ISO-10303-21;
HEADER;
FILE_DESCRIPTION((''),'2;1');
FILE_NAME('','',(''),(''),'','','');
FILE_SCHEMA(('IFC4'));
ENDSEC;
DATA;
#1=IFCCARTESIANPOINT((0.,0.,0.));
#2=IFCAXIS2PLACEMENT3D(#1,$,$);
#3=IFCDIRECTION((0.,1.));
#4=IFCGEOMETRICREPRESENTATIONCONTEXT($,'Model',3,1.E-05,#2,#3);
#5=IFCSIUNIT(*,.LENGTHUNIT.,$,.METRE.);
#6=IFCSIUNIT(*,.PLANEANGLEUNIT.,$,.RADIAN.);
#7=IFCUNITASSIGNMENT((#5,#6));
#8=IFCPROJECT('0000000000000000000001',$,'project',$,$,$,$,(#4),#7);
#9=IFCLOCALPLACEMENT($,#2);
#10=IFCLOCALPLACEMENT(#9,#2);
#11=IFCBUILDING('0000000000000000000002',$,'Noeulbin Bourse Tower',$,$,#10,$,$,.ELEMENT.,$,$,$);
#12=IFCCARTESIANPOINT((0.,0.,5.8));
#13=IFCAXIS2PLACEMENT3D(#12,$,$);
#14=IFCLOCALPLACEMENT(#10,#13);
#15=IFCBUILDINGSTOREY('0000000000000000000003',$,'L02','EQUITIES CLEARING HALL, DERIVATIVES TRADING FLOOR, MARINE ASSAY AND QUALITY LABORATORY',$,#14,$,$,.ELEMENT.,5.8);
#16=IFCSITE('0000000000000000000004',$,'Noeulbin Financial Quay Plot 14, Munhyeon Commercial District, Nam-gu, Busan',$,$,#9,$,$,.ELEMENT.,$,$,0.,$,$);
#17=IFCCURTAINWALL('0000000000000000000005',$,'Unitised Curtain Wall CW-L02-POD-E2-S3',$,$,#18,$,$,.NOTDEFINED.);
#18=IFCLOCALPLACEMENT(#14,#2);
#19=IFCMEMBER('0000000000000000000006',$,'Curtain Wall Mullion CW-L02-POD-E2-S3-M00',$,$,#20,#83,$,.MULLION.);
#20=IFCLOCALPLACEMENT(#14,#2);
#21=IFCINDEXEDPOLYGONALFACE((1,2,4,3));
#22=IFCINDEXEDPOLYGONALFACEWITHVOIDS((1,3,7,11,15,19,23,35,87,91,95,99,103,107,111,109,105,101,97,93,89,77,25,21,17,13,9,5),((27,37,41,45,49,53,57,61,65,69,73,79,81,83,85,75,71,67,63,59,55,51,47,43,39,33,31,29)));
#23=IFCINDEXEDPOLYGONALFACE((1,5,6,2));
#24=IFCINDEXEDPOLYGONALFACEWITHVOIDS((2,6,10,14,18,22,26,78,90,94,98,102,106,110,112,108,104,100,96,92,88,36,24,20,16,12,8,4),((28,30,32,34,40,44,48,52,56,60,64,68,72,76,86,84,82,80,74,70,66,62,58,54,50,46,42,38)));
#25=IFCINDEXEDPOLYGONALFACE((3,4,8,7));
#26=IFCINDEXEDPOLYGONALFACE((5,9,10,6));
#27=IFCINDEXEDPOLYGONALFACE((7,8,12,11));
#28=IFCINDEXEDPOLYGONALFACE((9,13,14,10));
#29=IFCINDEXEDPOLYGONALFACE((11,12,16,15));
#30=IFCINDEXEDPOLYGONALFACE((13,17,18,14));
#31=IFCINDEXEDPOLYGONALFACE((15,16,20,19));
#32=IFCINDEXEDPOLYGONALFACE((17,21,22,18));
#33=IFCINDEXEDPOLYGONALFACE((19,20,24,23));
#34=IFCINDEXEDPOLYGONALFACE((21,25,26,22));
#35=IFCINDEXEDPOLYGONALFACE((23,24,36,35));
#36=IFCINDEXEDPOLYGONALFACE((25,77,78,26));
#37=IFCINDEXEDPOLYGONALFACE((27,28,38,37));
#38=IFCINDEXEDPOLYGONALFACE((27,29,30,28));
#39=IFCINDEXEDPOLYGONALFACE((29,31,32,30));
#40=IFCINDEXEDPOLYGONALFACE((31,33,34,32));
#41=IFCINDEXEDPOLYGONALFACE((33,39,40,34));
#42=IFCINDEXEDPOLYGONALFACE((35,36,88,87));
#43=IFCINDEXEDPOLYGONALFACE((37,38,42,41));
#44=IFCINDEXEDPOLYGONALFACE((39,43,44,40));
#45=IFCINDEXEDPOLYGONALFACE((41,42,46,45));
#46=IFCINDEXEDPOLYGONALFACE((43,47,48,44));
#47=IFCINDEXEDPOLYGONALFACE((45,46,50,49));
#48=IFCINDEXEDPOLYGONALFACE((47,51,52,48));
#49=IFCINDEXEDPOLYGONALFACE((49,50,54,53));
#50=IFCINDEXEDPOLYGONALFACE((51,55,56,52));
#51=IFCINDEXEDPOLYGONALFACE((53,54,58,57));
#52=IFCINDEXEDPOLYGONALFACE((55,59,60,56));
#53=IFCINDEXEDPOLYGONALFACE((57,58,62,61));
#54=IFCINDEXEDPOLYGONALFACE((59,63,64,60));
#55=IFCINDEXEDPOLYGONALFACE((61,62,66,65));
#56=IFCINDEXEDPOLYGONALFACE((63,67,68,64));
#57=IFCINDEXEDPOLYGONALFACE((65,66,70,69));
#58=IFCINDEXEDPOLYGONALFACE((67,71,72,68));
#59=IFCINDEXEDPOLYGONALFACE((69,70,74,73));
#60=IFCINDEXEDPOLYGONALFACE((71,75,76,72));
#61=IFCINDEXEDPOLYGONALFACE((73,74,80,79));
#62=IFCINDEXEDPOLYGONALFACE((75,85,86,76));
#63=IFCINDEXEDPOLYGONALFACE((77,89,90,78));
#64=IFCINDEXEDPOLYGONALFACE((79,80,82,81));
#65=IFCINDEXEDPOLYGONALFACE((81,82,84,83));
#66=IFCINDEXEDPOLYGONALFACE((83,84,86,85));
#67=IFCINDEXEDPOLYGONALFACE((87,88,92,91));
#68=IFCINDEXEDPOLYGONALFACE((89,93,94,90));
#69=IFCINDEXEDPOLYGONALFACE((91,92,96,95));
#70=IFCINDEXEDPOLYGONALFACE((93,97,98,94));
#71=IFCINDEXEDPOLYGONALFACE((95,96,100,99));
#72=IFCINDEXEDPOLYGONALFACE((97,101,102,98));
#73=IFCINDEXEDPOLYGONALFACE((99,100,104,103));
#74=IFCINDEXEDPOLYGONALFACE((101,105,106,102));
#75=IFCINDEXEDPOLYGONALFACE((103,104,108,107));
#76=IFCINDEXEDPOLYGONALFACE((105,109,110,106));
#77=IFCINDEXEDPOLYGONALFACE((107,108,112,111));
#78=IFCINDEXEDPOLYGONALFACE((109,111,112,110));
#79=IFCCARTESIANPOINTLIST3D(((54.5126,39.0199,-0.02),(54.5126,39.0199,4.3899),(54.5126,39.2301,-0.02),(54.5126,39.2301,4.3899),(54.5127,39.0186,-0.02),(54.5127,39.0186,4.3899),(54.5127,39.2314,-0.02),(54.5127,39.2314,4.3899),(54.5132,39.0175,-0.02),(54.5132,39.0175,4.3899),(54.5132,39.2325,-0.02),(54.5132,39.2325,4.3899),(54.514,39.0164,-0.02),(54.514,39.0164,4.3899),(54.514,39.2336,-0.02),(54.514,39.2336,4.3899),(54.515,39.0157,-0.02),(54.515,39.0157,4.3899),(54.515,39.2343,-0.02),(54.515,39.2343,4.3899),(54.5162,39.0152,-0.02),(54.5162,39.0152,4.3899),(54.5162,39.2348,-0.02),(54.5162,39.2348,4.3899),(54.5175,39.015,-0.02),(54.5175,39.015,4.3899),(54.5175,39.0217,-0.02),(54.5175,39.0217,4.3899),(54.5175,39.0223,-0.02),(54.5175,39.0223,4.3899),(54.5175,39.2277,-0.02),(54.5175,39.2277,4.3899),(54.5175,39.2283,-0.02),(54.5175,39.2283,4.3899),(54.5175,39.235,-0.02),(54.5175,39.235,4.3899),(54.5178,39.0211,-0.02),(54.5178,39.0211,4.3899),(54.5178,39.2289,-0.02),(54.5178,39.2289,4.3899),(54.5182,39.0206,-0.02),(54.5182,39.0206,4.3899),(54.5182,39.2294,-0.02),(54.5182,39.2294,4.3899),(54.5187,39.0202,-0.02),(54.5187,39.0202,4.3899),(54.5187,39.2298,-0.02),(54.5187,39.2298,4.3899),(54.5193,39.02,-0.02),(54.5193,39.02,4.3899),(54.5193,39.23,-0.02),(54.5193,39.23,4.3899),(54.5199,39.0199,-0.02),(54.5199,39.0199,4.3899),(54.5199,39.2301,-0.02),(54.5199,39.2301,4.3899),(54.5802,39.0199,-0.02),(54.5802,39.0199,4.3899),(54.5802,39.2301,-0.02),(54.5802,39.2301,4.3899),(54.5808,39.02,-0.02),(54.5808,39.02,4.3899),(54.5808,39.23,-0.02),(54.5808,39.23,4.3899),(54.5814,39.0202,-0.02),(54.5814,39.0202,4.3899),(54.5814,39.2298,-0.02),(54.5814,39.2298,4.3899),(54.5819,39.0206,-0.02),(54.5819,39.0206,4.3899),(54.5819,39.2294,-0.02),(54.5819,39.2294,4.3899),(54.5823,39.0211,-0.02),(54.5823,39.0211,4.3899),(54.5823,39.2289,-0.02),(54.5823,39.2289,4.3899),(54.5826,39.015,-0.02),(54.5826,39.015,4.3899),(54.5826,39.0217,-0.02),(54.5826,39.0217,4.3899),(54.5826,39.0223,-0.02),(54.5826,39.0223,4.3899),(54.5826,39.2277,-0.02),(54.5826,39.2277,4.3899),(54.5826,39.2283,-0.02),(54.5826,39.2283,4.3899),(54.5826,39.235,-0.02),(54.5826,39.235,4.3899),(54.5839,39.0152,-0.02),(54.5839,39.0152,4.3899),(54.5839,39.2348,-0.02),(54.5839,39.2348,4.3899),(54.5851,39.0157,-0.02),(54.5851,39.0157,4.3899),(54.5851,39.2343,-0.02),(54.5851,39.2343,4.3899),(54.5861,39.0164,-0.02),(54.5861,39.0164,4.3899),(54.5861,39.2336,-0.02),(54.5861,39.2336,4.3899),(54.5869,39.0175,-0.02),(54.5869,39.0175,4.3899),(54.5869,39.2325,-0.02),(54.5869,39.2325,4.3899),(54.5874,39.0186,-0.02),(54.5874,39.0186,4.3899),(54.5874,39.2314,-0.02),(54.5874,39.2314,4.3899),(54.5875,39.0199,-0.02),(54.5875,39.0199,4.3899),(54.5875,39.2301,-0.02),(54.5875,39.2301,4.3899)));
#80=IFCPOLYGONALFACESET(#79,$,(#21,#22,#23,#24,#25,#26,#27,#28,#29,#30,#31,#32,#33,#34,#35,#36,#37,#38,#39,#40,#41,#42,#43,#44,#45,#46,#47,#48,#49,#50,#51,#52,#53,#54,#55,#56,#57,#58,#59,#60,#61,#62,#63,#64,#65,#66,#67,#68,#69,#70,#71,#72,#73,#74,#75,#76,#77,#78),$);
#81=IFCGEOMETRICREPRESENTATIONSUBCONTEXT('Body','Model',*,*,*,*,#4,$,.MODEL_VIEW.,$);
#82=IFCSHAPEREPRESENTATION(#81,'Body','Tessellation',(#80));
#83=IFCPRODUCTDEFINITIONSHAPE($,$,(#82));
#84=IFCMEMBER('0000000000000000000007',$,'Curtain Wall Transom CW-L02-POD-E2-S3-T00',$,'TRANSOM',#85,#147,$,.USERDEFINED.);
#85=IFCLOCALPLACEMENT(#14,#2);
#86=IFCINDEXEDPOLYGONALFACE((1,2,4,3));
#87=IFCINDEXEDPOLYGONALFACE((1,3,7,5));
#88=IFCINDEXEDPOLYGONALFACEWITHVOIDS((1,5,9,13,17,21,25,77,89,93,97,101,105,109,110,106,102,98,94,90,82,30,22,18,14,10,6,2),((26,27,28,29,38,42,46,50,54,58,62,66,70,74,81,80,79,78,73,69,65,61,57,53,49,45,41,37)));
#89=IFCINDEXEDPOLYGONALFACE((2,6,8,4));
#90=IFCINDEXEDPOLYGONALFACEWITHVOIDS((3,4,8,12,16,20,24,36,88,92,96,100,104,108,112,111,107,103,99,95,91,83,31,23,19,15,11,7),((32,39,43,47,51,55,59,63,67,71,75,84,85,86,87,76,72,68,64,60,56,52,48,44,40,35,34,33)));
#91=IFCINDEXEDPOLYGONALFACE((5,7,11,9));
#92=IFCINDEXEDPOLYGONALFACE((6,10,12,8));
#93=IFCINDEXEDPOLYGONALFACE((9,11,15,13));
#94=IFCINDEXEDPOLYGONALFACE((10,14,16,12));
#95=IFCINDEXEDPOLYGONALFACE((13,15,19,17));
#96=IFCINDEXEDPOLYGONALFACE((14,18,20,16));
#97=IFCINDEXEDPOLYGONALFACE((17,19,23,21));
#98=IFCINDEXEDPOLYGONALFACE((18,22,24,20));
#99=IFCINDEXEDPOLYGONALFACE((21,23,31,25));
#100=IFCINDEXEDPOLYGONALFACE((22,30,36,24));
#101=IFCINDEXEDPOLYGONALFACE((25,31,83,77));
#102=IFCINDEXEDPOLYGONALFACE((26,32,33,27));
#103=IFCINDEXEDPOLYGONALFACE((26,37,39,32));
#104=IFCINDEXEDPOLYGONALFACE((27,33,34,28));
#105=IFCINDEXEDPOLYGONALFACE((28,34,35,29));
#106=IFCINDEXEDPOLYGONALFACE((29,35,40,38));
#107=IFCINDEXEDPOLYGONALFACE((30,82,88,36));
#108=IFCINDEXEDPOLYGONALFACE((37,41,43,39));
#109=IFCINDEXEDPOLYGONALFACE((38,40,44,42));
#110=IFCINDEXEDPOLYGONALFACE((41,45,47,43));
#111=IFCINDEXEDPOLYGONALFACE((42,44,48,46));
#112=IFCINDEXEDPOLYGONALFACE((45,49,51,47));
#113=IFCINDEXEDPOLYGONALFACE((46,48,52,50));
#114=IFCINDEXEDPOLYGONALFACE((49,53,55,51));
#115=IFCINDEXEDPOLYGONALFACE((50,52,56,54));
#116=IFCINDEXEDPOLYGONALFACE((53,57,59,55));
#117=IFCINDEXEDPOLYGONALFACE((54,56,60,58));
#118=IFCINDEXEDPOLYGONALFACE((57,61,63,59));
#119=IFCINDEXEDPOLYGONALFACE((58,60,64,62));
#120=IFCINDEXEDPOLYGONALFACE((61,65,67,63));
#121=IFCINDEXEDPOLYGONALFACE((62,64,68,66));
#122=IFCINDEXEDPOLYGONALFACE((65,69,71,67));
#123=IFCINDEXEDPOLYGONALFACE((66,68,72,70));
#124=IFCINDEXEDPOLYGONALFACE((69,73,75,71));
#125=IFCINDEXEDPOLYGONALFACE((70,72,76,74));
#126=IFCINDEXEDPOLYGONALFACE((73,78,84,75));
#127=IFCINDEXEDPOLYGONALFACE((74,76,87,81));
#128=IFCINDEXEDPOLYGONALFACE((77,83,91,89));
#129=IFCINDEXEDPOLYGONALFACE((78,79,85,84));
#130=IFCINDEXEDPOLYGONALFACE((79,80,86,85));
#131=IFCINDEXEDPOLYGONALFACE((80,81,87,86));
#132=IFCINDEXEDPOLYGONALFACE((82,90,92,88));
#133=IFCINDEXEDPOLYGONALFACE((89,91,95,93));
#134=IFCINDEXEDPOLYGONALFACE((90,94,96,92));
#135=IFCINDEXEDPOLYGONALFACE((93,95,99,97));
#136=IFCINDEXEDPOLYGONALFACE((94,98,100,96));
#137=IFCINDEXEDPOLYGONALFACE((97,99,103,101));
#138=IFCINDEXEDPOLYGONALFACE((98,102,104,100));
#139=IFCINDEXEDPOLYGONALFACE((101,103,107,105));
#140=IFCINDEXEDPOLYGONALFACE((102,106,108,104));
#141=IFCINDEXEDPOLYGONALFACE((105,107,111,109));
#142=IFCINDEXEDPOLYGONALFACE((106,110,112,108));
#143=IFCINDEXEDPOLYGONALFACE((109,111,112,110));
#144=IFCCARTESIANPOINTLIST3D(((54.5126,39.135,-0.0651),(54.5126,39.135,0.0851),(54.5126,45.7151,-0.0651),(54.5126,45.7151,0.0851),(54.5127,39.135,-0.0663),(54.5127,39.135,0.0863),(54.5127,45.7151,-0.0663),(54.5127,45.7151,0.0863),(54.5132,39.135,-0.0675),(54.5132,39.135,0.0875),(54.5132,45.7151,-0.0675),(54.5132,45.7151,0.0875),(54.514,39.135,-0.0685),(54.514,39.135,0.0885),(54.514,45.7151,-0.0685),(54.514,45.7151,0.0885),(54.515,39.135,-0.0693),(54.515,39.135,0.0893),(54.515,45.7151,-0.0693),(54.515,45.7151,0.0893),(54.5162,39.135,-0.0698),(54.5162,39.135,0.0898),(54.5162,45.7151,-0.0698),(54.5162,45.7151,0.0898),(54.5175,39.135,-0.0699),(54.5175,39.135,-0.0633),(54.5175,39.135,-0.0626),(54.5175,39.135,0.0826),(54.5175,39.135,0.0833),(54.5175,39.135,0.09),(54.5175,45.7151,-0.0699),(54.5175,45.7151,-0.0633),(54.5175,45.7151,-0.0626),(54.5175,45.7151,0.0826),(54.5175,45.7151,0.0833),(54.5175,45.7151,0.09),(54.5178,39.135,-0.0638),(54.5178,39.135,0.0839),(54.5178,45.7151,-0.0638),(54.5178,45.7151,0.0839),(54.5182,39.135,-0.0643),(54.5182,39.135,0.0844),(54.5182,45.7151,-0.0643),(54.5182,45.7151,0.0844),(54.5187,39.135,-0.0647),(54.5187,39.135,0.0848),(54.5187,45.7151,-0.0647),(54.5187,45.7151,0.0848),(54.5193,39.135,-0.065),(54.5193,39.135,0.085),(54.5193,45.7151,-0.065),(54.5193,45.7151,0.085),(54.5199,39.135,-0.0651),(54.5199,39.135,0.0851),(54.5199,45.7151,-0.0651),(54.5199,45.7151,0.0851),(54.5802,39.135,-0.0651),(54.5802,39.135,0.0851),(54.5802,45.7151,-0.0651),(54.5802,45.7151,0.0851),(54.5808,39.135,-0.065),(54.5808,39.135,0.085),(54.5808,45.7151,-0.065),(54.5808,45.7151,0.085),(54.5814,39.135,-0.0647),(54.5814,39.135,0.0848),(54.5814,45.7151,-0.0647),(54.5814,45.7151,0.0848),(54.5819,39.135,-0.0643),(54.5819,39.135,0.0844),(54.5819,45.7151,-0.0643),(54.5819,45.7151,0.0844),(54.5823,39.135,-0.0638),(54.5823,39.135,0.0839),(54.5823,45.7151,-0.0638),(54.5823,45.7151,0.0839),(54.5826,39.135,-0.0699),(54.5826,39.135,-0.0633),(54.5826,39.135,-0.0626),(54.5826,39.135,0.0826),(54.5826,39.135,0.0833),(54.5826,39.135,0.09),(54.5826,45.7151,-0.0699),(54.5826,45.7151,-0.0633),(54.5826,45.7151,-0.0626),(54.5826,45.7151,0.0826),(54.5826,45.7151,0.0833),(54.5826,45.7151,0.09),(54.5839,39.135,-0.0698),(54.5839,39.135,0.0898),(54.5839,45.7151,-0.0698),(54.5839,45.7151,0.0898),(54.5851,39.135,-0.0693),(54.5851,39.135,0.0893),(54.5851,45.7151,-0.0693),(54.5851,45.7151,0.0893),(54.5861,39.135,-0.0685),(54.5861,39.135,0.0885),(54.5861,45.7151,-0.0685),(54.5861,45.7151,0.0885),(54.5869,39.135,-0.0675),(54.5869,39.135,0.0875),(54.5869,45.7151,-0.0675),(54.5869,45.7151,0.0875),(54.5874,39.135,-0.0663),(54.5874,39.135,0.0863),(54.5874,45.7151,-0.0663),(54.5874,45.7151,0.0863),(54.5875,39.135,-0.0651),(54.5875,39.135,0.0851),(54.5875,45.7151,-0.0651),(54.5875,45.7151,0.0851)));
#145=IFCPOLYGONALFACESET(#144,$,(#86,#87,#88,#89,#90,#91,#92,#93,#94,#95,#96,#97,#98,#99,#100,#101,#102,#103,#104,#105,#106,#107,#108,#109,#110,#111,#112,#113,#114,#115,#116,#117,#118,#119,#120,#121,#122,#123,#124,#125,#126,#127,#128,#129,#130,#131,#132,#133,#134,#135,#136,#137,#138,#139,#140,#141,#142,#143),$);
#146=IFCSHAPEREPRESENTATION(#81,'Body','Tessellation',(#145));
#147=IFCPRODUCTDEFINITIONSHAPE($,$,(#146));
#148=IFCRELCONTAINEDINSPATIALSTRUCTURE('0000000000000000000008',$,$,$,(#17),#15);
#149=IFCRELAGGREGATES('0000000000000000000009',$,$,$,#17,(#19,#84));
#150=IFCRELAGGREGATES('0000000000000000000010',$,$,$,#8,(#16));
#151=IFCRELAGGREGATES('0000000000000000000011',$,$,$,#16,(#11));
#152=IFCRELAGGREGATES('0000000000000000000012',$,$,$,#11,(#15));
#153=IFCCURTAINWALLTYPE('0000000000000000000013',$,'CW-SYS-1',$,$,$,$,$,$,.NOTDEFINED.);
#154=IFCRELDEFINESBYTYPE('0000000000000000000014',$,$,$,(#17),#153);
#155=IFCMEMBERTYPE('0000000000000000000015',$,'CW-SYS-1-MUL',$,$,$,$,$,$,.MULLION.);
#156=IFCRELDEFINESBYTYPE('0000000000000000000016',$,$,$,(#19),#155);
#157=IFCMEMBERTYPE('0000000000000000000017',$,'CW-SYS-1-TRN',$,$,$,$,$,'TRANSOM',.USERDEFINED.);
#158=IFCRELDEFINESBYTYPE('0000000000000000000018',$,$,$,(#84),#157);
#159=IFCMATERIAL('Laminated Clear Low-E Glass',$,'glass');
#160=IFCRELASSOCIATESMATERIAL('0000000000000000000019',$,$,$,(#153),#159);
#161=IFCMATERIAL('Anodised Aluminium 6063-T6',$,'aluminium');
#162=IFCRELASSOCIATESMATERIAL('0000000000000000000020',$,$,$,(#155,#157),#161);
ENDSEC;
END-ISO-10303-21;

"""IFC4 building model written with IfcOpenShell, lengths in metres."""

from ifc_helpers import new_model, si_unit, direction, frame, origin, origin_2d, place, context, subcontext, project, spatial, hollow_rectangle, extrude, material, material_profile, profile_set, type_object, element, aggregate, save


model = new_model("IFC4")

# Units and contexts
model_context = context("Model", 3, precision=1e-05, world=origin(), true_north=direction((0.0, 1.0)))
body_context = subcontext(model_context, "Body", "Model", "MODEL_VIEW")
ifc_project = project(units=[si_unit("LENGTHUNIT", "METRE"), si_unit("PLANEANGLEUNIT", "RADIAN")], contexts=[model_context])

# Site, building, storey
site_placement = place(None, origin())
site = spatial("IfcSite", under=ifc_project, at=site_placement, Name="Noeulbin Financial Quay Plot 14, Munhyeon Commercial District, Nam-gu, Busan", CompositionType="ELEMENT", RefElevation=0.0)
building_placement = place(site_placement, origin())
building = spatial("IfcBuilding", under=site, at=building_placement, Name="Noeulbin Bourse Tower", CompositionType="ELEMENT")
storey_placement = place(building_placement, frame((0.0, 0.0, 5.8)))
storey = spatial("IfcBuildingStorey", under=building, at=storey_placement, Name="L02", Description="EQUITIES CLEARING HALL, DERIVATIVES TRADING FLOOR, MARINE ASSAY AND QUALITY LABORATORY", CompositionType="ELEMENT", Elevation=5.8)

# Curtain wall, members
ifc_material_1 = material(Name="Laminated Clear Low-E Glass", Category="glass")
curtain_wall_type = type_object("IfcCurtainWallType", Name="CW-SYS-1", PredefinedType="NOTDEFINED", material=ifc_material_1)
curtain_wall_placement = place(storey_placement, origin())
curtain_wall = element("IfcCurtainWall", 1, at=curtain_wall_placement, inside=storey, type_object=curtain_wall_type, Name="Unitised Curtain Wall CW-L02-POD-E2-S3", PredefinedType="NOTDEFINED")
ifc_material_2 = material(Name="Anodised Aluminium 6063-T6", Category="aluminium")
ifc_material_profile_1 = material_profile(ifc_material_2, hollow_rectangle(XDim=0.075, YDim=0.22, WallThickness=0.0049, InnerFilletRadius=0.0024, OuterFilletRadius=0.0049, at=origin_2d()), Name="ALU-MULL-75x220x5", Category="LoadBearing")
ifc_profile_set_1 = profile_set([ifc_material_profile_1], Name="Anodised Aluminium 6063-T6")
member_type_1 = type_object("IfcMemberType", Name="CW-SYS-1-MUL", PredefinedType="MULLION", material=ifc_profile_set_1)
member_1_placement = place(storey_placement, frame((54.55, 39.125, -0.02), z_axis=(0.0, 0.0, 1.0), x_axis=(1.0, 0.0, 0.0)))
member_1 = element("IfcMember", 2, at=member_1_placement, type_object=member_type_1, Name="Curtain Wall Mullion CW-L02-POD-E2-S3-M00", PredefinedType="MULLION", context=body_context, shape_type="SweptSolid", body=[
    extrude(hollow_rectangle(XDim=0.075, YDim=0.22, WallThickness=0.0049, InnerFilletRadius=0.0024, OuterFilletRadius=0.0049, at=origin_2d()), origin(), (0.0, 0.0, 1.0), 4.4099),
])
ifc_material_profile_2 = material_profile(ifc_material_2, hollow_rectangle(XDim=0.075, YDim=0.1599, WallThickness=0.0049, InnerFilletRadius=0.0024, OuterFilletRadius=0.0049, at=origin_2d()), Name="ALU-TRAN-75x160x5", Category="LoadBearing")
ifc_profile_set_2 = profile_set([ifc_material_profile_2], Name="Anodised Aluminium 6063-T6")
member_type_2 = type_object("IfcMemberType", Name="CW-SYS-1-TRN", ElementType="TRANSOM", PredefinedType="USERDEFINED", material=ifc_profile_set_2)
member_2_placement = place(storey_placement, frame((54.55, 39.135, 0.01), z_axis=(0.0, 1.0, 0.0), x_axis=(-1.0, 0.0, 0.0)))
member_2 = element("IfcMember", 3, at=member_2_placement, type_object=member_type_2, Name="Curtain Wall Transom CW-L02-POD-E2-S3-T00", ObjectType="TRANSOM", PredefinedType="USERDEFINED", context=body_context, shape_type="SweptSolid", body=[
    extrude(hollow_rectangle(XDim=0.075, YDim=0.1599, WallThickness=0.0049, InnerFilletRadius=0.0024, OuterFilletRadius=0.0049, at=origin_2d()), origin(), (0.0, 0.0, 1.0), 6.5801),
])
aggregate(curtain_wall, [member_1, member_2])

save(model, "model.ifc")
